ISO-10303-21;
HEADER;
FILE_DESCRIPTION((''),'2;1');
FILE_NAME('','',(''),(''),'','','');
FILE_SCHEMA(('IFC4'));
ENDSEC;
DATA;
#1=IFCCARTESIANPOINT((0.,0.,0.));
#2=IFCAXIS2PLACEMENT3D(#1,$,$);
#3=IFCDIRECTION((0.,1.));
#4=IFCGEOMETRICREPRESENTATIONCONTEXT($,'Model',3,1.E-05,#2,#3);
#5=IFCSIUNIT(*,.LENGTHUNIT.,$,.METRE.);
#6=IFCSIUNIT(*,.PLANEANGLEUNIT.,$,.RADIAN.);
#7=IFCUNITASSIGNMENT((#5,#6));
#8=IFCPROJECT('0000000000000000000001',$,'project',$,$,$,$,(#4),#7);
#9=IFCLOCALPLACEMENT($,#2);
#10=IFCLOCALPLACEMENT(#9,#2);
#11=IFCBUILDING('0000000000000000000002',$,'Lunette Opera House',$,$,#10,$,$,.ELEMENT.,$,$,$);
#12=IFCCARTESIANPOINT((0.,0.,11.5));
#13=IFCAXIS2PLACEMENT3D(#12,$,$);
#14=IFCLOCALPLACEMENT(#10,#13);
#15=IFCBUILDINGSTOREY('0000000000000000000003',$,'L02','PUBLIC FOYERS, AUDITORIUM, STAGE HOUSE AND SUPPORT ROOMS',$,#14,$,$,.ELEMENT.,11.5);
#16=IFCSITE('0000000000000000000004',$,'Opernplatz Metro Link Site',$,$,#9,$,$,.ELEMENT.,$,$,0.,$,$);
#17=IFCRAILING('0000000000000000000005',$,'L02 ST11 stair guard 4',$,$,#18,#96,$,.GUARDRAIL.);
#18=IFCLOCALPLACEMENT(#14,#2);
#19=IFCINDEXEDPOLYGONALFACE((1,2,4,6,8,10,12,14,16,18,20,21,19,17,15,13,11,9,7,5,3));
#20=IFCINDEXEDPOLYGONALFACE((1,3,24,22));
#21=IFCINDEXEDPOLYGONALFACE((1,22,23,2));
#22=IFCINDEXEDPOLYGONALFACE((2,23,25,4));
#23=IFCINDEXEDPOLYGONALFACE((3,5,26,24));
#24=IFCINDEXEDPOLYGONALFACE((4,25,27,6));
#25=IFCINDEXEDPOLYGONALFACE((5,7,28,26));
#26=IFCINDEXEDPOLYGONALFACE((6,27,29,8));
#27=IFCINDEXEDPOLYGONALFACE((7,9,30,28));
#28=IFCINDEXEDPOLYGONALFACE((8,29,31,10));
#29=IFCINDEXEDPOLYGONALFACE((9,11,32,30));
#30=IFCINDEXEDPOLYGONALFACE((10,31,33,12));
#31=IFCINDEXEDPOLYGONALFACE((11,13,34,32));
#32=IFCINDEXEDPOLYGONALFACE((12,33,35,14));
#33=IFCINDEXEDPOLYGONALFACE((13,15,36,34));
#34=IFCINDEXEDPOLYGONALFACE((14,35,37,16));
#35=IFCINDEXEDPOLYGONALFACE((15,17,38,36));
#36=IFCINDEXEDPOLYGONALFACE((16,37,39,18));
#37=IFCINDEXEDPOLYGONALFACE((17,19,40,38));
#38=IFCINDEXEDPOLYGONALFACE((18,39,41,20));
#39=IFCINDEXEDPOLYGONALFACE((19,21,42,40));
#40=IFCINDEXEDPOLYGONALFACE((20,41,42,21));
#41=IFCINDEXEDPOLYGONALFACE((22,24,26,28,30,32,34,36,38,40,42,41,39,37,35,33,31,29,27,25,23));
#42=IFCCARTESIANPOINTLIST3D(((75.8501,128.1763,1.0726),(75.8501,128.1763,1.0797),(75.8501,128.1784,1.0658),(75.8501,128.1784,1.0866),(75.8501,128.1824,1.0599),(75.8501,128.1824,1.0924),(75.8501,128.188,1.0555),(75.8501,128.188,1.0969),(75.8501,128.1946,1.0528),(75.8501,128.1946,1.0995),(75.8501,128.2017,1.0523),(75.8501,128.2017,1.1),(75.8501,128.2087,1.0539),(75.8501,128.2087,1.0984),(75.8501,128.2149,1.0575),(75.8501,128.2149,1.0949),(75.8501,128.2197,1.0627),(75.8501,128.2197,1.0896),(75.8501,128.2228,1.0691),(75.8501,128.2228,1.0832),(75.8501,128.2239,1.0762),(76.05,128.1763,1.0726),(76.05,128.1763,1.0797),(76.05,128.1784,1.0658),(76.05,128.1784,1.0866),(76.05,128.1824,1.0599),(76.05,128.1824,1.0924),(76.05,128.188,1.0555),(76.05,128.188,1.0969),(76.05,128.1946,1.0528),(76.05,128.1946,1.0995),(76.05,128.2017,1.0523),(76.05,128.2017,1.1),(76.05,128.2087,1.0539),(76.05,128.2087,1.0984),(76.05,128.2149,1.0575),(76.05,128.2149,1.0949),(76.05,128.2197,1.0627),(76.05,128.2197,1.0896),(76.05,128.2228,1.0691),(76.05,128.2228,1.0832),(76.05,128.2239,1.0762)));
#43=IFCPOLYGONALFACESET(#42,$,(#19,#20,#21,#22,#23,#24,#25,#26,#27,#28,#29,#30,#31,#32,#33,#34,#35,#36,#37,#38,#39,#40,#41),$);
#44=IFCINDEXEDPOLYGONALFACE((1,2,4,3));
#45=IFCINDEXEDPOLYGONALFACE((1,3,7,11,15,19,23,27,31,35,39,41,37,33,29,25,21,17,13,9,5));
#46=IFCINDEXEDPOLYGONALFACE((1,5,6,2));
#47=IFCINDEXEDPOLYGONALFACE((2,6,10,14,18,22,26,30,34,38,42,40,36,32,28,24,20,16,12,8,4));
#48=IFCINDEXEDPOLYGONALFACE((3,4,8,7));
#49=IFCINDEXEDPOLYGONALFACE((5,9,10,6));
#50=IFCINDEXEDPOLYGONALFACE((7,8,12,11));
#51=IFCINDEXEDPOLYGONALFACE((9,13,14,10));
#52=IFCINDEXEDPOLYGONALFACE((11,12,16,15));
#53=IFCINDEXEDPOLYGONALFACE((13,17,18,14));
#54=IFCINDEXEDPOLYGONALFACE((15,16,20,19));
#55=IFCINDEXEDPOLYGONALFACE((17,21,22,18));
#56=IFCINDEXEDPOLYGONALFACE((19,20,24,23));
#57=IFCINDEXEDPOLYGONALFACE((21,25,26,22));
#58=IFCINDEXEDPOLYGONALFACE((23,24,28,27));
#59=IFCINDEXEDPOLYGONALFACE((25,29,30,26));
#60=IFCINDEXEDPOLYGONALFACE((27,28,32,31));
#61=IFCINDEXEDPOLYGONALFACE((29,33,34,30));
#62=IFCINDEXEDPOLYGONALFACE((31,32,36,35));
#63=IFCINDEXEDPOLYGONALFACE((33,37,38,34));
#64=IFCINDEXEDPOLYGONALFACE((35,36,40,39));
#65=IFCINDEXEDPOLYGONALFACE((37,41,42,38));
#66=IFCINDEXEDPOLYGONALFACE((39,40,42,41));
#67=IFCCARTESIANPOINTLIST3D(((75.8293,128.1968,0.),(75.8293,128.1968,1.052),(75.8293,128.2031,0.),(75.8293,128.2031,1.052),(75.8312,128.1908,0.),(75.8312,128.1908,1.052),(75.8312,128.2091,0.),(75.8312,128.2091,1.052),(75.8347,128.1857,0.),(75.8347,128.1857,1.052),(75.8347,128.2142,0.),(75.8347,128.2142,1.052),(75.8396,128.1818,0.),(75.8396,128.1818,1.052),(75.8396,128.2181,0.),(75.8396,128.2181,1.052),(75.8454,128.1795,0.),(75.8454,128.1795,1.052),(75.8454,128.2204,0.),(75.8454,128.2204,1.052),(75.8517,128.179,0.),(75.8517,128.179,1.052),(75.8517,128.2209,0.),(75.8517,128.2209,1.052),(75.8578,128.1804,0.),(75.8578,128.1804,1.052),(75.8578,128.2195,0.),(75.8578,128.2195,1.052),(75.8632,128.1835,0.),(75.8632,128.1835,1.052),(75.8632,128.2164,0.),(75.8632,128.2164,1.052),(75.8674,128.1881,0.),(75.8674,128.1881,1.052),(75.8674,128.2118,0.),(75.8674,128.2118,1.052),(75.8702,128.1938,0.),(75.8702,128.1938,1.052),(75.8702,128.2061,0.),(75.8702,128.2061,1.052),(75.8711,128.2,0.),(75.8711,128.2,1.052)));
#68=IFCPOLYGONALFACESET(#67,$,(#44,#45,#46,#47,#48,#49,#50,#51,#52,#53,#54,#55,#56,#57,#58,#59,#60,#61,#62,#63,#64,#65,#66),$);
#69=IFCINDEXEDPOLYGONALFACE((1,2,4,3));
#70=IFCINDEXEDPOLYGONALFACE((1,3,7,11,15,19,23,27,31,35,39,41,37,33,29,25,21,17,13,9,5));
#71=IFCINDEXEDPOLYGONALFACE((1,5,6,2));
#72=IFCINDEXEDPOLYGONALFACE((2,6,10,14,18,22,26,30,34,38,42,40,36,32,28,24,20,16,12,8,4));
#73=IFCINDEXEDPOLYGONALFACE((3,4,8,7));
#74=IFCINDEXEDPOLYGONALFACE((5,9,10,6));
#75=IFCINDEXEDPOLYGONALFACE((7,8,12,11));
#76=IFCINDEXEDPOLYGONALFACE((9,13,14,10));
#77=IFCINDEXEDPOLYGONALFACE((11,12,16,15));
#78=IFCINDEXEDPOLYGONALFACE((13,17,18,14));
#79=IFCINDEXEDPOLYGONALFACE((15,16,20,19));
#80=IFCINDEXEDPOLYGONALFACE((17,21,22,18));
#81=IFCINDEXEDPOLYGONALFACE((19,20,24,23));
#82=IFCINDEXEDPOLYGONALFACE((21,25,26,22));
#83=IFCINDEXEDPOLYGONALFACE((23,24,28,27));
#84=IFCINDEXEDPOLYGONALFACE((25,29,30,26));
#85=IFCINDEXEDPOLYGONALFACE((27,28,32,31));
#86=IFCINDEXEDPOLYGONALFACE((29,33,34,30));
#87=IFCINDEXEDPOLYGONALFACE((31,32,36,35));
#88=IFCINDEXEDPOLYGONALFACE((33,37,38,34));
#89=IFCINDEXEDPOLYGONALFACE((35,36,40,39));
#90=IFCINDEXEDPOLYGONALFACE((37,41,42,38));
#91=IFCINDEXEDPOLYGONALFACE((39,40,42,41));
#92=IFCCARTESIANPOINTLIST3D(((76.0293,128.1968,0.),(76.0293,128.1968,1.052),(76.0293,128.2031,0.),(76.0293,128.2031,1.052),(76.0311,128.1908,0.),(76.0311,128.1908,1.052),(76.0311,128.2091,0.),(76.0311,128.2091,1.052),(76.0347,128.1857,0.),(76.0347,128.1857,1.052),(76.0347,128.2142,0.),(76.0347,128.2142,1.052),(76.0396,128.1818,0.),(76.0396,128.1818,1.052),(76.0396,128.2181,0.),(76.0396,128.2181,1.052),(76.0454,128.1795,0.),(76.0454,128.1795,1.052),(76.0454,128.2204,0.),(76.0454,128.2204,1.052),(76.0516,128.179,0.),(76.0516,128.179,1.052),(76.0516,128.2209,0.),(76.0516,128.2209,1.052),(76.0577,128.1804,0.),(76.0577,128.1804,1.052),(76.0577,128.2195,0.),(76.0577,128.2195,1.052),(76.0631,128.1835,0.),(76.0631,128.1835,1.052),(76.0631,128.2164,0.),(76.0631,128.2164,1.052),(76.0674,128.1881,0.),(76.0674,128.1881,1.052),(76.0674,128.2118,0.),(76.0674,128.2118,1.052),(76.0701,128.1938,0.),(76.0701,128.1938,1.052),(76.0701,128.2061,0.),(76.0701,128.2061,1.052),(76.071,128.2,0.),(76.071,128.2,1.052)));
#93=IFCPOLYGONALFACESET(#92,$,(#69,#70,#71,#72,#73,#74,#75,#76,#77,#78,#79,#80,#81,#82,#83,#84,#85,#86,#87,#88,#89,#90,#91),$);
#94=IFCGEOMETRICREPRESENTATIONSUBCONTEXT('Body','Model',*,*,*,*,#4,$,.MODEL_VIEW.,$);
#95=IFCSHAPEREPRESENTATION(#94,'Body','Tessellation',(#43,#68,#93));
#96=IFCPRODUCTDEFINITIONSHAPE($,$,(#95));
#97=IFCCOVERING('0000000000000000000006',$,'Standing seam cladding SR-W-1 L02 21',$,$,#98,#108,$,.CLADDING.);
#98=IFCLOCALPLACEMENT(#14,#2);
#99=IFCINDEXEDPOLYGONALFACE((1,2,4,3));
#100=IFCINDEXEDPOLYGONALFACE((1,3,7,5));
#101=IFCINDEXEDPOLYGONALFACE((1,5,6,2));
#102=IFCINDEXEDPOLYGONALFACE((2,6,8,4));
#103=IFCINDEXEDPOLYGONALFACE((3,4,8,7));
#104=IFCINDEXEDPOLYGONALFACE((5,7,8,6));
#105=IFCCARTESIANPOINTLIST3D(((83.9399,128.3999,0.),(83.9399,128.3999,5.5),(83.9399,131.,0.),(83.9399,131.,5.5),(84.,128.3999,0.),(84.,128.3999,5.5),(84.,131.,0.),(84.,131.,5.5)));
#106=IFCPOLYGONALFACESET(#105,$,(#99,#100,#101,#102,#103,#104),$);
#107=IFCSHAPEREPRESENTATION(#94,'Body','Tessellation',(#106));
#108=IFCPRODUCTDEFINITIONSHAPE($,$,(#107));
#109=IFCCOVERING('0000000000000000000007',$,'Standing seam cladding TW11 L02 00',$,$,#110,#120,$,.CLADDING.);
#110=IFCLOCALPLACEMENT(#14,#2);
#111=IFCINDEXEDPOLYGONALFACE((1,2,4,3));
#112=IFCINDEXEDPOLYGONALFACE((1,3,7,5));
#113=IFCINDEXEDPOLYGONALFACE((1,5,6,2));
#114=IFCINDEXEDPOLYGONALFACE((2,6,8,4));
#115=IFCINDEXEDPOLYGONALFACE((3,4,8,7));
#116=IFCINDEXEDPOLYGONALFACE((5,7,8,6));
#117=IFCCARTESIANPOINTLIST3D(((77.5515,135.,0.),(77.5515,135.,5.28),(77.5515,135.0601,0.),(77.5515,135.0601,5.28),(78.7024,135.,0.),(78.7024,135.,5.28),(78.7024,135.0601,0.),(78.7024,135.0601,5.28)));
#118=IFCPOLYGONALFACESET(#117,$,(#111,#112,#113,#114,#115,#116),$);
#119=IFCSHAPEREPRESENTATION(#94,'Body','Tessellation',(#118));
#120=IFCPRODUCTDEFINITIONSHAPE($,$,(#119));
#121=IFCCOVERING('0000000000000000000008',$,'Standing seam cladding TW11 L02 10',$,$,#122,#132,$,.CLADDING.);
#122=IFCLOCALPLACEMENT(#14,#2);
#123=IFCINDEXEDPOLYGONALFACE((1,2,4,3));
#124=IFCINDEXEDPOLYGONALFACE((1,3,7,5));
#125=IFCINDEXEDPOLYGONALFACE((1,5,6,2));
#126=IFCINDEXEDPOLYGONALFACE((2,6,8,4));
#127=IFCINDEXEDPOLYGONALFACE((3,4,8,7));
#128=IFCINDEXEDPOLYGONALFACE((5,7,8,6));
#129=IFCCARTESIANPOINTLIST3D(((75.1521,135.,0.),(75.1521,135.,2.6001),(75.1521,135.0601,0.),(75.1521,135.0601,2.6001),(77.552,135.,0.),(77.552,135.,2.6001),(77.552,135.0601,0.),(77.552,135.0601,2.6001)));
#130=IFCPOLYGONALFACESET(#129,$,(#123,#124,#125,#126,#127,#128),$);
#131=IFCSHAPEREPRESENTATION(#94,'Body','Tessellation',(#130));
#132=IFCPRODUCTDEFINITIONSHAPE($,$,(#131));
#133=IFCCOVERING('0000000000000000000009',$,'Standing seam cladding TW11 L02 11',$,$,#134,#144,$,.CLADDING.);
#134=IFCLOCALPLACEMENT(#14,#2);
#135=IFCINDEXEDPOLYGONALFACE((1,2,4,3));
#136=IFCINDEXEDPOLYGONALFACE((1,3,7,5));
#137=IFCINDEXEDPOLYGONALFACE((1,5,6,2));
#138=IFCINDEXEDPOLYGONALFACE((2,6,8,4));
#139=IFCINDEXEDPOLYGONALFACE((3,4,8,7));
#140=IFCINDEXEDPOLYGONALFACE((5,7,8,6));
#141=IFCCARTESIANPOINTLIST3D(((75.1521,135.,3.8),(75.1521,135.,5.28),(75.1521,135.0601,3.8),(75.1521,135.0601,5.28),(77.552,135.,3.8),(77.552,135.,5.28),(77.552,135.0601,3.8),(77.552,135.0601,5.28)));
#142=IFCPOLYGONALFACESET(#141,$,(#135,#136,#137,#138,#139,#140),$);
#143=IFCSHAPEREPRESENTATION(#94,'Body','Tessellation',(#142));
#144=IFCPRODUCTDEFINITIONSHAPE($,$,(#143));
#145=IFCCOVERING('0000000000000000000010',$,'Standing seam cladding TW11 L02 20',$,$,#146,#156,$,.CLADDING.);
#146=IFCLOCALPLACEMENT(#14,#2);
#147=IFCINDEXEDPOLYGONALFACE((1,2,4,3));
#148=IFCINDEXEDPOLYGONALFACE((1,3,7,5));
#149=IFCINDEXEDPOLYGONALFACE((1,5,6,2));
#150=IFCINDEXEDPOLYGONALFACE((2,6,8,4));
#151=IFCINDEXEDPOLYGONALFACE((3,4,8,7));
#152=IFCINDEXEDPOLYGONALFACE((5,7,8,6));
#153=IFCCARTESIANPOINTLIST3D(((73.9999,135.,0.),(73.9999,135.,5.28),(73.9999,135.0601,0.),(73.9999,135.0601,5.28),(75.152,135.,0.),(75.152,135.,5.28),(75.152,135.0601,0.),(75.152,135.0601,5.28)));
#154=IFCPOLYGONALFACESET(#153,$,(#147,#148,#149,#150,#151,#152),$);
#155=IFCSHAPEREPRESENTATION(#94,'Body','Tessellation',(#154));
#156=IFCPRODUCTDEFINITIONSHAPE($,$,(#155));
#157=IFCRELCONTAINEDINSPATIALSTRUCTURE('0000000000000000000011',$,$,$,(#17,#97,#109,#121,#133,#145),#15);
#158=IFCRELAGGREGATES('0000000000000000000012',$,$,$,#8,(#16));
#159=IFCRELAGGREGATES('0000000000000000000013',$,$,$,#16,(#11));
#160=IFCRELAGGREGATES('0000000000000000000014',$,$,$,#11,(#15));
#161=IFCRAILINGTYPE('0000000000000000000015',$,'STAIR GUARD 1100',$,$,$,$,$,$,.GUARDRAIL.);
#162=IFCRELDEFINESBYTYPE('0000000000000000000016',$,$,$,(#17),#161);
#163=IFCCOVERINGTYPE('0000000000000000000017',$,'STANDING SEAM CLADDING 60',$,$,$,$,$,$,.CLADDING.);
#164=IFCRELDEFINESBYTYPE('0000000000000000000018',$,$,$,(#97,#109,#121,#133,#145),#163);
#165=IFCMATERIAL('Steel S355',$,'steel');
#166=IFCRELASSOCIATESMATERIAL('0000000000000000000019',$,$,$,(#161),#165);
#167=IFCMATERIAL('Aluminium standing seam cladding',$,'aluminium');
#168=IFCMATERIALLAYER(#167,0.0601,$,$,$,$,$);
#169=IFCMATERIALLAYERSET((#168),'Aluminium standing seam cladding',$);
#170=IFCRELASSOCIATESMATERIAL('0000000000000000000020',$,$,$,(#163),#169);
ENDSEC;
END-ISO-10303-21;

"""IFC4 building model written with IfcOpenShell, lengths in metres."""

from ifc_helpers import new_model, si_unit, direction, frame, origin, origin_2d, place, context, subcontext, project, spatial, rectangle, circle, extrude, material, layer, layer_set, type_object, element, save


model = new_model("IFC4")

# Units and contexts
model_context = context("Model", 3, precision=1e-05, world=origin(), true_north=direction((0.0, 1.0)))
body_context = subcontext(model_context, "Body", "Model", "MODEL_VIEW")
ifc_project = project(units=[si_unit("LENGTHUNIT", "METRE"), si_unit("PLANEANGLEUNIT", "RADIAN")], contexts=[model_context])

# Site, building, storey
site_placement = place(None, origin())
site = spatial("IfcSite", under=ifc_project, at=site_placement, Name="Opernplatz Metro Link Site", CompositionType="ELEMENT", RefElevation=0.0)
building_placement = place(site_placement, origin())
building = spatial("IfcBuilding", under=site, at=building_placement, Name="Lunette Opera House", CompositionType="ELEMENT")
storey_placement = place(building_placement, frame((0.0, 0.0, 11.5)))
storey = spatial("IfcBuildingStorey", under=building, at=storey_placement, Name="L02", Description="PUBLIC FOYERS, AUDITORIUM, STAGE HOUSE AND SUPPORT ROOMS", CompositionType="ELEMENT", Elevation=11.5)

# Railing
ifc_material_1 = material(Name="Steel S355", Category="steel")
railing_type_1 = type_object("IfcRailingType", Name="STAIR GUARD 1100", PredefinedType="GUARDRAIL", material=ifc_material_1)
railing_1_placement = place(storey_placement, frame((75.8501, 128.2, 0.0)))
element("IfcRailing", 1, at=railing_1_placement, inside=storey, type_object=railing_type_1, Name="L02 ST11 stair guard 4", PredefinedType="GUARDRAIL", context=body_context, shape_type="SweptSolid", body=[
    extrude(circle(Radius=0.0239, at=origin_2d()), frame((0.0, 0.0, 1.0762), z_axis=(1.0, 0.0, 0.0), x_axis=(0.0, 1.0, 0.0)), (0.0, 0.0, 1.0), 0.2),
    extrude(circle(Radius=0.021, at=origin_2d()), origin(), (0.0, 0.0, 1.0), 1.052),
    extrude(circle(Radius=0.021, at=origin_2d()), frame((0.2, 0.0, 0.0)), (0.0, 0.0, 1.0), 1.052),
])

# Coverings
ifc_material_2 = material(Name="Aluminium standing seam cladding", Category="aluminium")
ifc_layer_1 = layer(ifc_material_2, 0.0601)
ifc_layer_set_1 = layer_set([ifc_layer_1], Name="Aluminium standing seam cladding")
covering_type = type_object("IfcCoveringType", Name="STANDING SEAM CLADDING 60", PredefinedType="CLADDING", material=ifc_layer_set_1)
covering_1_placement = place(storey_placement, frame((83.97, 129.7, 0.0), z_axis=(0.0, 0.0, 1.0), x_axis=(0.0, 1.0, 0.0)))
element("IfcCovering", 2, at=covering_1_placement, inside=storey, type_object=covering_type, Name="Standing seam cladding SR-W-1 L02 21", PredefinedType="CLADDING", context=body_context, shape_type="SweptSolid", body=[
    extrude(rectangle(XDim=2.6001, YDim=0.0601, at=origin_2d()), origin(), (0.0, 0.0, 1.0), 5.5),
])
covering_2_placement = place(storey_placement, frame((78.127, 135.03, 0.0), z_axis=(0.0, 0.0, 1.0), x_axis=(-1.0, 0.0, 0.0)))
element("IfcCovering", 3, at=covering_2_placement, inside=storey, type_object=covering_type, Name="Standing seam cladding TW11 L02 00", PredefinedType="CLADDING", context=body_context, shape_type="SweptSolid", body=[
    extrude(rectangle(XDim=1.1509, YDim=0.0601, at=origin_2d()), origin(), (0.0, 0.0, 1.0), 5.28),
])
covering_3_placement = place(storey_placement, frame((76.3521, 135.03, 0.0), z_axis=(0.0, 0.0, 1.0), x_axis=(-1.0, 0.0, 0.0)))
element("IfcCovering", 4, at=covering_3_placement, inside=storey, type_object=covering_type, Name="Standing seam cladding TW11 L02 10", PredefinedType="CLADDING", context=body_context, shape_type="SweptSolid", body=[
    extrude(rectangle(XDim=2.3999, YDim=0.0601, at=origin_2d()), origin(), (0.0, 0.0, 1.0), 2.6001),
])
covering_4_placement = place(storey_placement, frame((76.3521, 135.03, 3.8), z_axis=(0.0, 0.0, 1.0), x_axis=(-1.0, 0.0, 0.0)))
element("IfcCovering", 5, at=covering_4_placement, inside=storey, type_object=covering_type, Name="Standing seam cladding TW11 L02 11", PredefinedType="CLADDING", context=body_context, shape_type="SweptSolid", body=[
    extrude(rectangle(XDim=2.3999, YDim=0.0601, at=origin_2d()), origin(), (0.0, 0.0, 1.0), 1.48),
])
covering_5_placement = place(storey_placement, frame((74.5759, 135.03, 0.0), z_axis=(0.0, 0.0, 1.0), x_axis=(-1.0, 0.0, 0.0)))
element("IfcCovering", 6, at=covering_5_placement, inside=storey, type_object=covering_type, Name="Standing seam cladding TW11 L02 20", PredefinedType="CLADDING", context=body_context, shape_type="SweptSolid", body=[
    extrude(rectangle(XDim=1.1521, YDim=0.0601, at=origin_2d()), origin(), (0.0, 0.0, 1.0), 5.28),
])

save(model, "model.ifc")
